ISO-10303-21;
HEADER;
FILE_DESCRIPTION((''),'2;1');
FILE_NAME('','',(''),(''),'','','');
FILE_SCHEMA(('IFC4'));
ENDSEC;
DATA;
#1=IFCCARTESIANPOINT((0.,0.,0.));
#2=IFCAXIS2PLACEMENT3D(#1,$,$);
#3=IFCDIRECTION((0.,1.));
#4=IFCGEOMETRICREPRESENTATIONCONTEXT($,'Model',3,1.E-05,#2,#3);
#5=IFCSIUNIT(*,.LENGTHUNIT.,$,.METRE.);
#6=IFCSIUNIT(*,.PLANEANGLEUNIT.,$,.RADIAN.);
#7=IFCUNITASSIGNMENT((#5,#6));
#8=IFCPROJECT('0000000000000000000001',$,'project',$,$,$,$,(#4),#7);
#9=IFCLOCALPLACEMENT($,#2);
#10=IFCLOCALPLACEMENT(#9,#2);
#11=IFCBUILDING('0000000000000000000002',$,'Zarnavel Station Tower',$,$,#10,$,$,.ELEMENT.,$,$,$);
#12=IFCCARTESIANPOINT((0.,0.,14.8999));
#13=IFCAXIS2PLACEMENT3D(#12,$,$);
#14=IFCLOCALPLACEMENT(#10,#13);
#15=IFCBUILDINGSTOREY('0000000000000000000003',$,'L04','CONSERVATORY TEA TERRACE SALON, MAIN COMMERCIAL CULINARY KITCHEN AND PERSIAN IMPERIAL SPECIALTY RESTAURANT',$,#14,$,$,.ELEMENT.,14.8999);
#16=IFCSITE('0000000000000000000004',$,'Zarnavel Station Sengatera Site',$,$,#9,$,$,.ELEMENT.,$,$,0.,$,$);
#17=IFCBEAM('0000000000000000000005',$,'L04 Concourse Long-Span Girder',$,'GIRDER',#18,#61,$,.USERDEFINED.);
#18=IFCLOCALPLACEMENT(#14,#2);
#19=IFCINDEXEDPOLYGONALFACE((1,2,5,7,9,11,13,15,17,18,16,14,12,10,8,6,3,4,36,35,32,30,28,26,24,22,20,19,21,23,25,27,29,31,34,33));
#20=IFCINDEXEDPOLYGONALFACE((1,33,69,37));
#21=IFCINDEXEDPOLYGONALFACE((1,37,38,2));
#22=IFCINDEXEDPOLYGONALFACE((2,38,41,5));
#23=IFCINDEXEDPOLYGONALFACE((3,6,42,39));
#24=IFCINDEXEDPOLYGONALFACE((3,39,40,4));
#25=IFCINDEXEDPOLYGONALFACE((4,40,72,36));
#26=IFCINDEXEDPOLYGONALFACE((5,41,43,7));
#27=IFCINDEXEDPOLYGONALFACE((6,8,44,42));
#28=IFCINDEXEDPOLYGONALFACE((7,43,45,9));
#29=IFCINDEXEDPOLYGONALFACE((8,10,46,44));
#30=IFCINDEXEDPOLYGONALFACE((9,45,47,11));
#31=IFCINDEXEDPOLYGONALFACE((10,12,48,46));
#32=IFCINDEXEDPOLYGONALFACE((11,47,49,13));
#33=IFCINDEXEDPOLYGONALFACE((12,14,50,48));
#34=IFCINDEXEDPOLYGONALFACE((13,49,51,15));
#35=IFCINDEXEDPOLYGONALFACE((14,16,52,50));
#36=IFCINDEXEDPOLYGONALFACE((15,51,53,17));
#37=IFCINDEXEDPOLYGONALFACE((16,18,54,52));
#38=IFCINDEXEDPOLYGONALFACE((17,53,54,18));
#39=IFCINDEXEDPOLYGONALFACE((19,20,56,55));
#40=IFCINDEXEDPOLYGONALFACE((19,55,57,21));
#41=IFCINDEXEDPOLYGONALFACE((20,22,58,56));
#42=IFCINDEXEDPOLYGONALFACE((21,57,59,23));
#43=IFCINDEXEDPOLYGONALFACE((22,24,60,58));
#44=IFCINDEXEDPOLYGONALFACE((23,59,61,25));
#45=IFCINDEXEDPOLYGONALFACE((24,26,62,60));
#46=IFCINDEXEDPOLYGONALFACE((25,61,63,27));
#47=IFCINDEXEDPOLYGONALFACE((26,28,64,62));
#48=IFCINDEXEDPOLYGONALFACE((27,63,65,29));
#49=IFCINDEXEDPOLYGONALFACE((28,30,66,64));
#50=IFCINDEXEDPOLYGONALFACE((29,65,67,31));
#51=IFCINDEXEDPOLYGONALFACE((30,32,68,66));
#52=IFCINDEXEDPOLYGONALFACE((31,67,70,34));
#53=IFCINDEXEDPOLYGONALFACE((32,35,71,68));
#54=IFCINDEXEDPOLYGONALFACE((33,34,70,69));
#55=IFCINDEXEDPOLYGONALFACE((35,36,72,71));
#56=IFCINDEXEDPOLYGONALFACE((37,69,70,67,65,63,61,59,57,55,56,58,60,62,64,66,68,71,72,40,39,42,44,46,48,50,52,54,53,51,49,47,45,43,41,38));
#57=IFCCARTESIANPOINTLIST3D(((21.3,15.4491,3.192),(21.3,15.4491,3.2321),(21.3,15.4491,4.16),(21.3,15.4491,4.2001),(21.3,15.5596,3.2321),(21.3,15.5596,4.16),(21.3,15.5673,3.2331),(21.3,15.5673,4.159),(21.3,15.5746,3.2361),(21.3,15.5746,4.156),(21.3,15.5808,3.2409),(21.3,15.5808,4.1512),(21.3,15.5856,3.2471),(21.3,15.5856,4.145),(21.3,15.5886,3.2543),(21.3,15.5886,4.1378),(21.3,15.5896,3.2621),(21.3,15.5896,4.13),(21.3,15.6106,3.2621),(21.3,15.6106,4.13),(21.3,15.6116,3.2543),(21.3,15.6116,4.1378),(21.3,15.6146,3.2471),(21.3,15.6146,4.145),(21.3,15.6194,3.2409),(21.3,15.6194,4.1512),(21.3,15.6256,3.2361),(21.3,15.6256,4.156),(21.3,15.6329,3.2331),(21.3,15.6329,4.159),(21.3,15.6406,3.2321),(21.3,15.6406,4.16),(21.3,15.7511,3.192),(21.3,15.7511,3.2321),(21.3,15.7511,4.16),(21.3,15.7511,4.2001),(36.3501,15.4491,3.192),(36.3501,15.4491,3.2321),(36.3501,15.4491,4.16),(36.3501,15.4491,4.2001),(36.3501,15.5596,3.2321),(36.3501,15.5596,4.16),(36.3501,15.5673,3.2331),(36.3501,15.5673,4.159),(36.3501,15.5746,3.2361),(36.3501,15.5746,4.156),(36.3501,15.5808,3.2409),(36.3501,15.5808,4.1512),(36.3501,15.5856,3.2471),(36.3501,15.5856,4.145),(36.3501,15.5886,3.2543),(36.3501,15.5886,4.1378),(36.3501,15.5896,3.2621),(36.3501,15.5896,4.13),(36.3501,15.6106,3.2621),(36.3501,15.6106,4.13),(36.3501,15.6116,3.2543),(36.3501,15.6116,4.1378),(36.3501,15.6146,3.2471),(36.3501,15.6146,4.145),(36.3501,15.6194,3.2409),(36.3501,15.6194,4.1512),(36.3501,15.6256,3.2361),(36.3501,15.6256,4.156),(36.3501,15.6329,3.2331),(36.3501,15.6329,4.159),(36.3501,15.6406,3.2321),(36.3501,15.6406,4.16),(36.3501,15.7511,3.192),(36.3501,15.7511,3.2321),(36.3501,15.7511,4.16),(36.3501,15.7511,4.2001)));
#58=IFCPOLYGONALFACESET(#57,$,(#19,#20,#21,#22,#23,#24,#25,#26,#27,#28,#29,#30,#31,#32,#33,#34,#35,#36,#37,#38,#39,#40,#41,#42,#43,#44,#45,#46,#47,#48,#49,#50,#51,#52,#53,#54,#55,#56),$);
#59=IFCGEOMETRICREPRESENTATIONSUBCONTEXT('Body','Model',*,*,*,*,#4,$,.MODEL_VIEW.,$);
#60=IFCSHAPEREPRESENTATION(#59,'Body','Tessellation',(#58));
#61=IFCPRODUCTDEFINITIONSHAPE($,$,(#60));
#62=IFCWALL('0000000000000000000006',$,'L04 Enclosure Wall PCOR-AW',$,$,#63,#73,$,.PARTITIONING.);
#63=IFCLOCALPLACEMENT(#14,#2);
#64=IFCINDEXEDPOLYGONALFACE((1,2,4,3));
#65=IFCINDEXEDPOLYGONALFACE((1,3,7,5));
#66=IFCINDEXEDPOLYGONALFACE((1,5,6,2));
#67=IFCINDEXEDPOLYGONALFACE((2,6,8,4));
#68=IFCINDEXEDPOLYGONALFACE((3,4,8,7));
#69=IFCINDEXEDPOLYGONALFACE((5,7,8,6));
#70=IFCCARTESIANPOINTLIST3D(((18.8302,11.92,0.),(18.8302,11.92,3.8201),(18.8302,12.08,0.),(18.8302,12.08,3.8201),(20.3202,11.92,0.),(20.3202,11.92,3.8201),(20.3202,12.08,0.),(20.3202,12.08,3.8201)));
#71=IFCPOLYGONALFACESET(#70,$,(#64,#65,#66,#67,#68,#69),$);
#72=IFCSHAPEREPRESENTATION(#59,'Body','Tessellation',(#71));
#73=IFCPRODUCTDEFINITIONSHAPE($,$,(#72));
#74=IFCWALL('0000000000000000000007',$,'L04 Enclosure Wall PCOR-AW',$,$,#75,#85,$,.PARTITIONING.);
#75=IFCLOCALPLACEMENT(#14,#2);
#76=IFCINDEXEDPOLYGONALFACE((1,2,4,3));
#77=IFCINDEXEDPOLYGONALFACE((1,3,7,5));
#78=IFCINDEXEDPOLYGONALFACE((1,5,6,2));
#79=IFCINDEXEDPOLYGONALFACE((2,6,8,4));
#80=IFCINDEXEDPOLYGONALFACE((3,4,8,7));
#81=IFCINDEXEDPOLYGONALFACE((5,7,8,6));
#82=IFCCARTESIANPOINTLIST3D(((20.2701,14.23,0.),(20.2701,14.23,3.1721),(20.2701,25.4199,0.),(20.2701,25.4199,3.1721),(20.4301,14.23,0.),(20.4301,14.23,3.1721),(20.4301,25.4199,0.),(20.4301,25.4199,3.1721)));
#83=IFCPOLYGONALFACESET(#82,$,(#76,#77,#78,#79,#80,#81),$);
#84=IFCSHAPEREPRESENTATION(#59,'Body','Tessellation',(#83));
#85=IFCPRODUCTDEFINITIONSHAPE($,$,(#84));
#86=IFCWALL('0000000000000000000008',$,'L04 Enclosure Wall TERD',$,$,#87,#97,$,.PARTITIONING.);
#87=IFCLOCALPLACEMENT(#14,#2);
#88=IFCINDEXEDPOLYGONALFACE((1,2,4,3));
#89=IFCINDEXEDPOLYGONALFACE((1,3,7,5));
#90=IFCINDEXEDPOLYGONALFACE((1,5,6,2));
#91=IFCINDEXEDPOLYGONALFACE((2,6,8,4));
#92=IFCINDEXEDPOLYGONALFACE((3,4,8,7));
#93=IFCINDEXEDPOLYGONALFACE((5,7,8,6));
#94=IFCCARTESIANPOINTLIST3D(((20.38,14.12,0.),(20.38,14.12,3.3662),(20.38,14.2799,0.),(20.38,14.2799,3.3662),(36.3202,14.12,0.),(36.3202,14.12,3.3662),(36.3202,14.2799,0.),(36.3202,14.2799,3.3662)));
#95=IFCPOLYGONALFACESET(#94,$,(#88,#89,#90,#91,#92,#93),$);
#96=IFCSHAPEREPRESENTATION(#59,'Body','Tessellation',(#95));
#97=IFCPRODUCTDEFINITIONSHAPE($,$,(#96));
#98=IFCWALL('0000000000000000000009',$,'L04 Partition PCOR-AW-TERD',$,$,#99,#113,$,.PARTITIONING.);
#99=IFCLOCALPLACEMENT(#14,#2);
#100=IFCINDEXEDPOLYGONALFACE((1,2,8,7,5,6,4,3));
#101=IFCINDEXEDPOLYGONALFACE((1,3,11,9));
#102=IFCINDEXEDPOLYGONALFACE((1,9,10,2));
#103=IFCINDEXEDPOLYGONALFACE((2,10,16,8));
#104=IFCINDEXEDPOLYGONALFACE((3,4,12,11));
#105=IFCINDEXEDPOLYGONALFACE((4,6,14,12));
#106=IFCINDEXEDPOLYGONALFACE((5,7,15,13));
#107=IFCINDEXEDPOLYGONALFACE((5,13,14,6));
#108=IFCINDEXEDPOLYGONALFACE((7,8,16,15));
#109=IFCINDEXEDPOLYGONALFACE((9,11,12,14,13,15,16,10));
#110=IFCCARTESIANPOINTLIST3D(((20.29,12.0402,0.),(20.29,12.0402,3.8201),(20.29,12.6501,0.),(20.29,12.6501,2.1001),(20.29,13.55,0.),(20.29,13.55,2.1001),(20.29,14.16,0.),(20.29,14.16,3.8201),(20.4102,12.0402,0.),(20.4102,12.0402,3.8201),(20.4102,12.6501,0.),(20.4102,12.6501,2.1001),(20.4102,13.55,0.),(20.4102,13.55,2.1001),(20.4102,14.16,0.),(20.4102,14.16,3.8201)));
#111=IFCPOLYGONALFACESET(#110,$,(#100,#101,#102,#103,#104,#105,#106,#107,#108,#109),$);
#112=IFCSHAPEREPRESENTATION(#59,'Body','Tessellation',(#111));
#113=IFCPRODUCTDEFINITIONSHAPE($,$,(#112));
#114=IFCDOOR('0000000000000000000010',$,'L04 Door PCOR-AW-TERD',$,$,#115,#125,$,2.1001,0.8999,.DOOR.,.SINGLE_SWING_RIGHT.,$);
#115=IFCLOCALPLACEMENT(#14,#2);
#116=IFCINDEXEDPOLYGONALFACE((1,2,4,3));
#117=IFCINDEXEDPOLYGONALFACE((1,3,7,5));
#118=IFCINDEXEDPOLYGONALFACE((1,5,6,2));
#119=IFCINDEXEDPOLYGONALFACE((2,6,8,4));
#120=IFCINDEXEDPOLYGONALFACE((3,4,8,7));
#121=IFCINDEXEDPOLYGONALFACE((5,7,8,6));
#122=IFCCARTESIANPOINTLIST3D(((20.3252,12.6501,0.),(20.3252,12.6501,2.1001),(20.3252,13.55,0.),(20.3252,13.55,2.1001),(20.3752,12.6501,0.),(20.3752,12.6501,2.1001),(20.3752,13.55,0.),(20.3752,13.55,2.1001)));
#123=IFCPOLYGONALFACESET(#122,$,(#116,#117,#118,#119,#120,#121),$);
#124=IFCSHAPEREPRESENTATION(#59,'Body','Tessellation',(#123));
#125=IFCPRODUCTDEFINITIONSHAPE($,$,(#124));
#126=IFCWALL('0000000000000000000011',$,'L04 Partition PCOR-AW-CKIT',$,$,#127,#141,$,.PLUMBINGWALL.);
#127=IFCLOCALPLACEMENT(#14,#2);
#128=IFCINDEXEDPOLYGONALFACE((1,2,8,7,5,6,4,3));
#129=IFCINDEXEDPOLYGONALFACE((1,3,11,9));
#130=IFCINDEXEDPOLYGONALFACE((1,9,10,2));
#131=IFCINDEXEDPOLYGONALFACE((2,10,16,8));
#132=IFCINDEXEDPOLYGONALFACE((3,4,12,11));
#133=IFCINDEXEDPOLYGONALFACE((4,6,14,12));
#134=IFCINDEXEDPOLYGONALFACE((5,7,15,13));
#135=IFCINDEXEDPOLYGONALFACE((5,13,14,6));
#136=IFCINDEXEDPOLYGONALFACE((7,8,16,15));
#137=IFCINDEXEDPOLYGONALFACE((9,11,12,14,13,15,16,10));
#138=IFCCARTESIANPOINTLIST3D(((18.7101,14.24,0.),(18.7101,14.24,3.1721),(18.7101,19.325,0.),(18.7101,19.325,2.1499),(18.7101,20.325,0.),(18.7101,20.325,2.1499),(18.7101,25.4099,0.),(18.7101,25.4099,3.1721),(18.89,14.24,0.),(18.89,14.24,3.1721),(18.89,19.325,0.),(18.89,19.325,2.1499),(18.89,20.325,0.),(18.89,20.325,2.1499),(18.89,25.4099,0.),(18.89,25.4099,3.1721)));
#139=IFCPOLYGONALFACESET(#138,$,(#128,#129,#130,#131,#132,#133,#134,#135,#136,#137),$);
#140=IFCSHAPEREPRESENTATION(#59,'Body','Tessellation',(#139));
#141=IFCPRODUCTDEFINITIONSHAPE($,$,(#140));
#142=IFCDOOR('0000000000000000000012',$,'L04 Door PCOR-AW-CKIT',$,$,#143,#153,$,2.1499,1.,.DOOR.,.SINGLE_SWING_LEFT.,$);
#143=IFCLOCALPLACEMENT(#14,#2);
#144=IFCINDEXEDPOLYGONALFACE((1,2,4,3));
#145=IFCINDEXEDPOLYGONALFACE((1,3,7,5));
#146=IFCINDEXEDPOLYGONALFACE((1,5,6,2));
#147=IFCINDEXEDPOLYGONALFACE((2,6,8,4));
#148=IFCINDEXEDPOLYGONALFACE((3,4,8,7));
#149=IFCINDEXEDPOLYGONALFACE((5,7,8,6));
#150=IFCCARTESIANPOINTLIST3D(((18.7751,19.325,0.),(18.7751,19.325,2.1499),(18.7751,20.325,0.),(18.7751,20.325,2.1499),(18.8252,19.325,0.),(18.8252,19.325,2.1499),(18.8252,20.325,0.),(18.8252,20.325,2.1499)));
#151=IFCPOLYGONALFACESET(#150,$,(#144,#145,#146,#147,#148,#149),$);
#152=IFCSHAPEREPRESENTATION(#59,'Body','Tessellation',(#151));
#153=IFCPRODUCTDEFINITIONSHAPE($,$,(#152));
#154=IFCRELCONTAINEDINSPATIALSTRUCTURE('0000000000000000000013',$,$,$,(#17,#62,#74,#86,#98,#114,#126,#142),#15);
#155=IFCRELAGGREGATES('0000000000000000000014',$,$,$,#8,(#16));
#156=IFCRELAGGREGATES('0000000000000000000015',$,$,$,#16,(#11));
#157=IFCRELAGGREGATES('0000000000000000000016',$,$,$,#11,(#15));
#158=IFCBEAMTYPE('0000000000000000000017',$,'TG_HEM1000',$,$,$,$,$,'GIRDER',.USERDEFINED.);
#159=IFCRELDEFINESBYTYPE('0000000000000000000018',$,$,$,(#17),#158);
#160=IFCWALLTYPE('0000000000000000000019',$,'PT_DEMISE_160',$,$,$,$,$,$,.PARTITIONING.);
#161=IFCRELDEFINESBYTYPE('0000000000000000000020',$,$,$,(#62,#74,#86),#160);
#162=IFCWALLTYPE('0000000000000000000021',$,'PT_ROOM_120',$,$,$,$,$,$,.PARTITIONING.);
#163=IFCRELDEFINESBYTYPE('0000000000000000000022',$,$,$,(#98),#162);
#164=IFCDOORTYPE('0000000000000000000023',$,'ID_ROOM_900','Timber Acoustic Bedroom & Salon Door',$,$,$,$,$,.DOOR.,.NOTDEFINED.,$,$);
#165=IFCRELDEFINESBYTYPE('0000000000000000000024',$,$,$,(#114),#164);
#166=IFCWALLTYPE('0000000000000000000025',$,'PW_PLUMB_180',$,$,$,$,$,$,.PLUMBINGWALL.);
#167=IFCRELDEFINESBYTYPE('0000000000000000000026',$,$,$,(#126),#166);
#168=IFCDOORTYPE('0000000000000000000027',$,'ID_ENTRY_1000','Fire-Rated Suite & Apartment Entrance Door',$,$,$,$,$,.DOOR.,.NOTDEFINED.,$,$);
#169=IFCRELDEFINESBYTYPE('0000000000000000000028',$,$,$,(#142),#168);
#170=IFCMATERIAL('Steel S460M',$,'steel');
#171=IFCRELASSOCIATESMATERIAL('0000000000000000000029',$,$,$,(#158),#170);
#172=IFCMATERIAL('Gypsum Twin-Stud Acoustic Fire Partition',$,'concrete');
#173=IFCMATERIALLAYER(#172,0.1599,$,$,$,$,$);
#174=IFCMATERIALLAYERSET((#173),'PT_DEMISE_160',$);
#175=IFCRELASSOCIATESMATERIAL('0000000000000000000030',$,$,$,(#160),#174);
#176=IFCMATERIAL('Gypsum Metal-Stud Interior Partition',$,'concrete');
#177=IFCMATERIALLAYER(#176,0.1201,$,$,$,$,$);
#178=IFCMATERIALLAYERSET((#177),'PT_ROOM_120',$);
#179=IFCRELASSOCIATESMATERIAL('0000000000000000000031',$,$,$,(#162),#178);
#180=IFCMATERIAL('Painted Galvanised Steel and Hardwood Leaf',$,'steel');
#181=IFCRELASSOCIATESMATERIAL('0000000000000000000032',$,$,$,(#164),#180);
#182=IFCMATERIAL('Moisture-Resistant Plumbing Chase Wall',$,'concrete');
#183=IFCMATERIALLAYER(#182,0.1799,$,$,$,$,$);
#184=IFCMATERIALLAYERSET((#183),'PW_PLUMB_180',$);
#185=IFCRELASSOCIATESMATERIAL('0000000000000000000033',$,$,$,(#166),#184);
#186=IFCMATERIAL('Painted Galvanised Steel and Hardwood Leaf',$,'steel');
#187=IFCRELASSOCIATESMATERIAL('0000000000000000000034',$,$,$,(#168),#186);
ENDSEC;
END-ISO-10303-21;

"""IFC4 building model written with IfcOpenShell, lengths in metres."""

from ifc_helpers import new_model, si_unit, direction, frame, frame_2d, origin, origin_2d, place, context, subcontext, project, spatial, rectangle, i_section, extrude, material, layer, layer_set, material_profile, profile_set, type_object, element, fill, save


model = new_model("IFC4")

# Units and contexts
model_context = context("Model", 3, precision=1e-05, world=origin(), true_north=direction((0.0, 1.0)))
body_context = subcontext(model_context, "Body", "Model", "MODEL_VIEW")
ifc_project = project(units=[si_unit("LENGTHUNIT", "METRE"), si_unit("PLANEANGLEUNIT", "RADIAN")], contexts=[model_context])

# Site, building, storey
site_placement = place(None, origin())
site = spatial("IfcSite", under=ifc_project, at=site_placement, Name="Zarnavel Station Sengatera Site", CompositionType="ELEMENT", RefElevation=0.0)
building_placement = place(site_placement, origin())
building = spatial("IfcBuilding", under=site, at=building_placement, Name="Zarnavel Station Tower", CompositionType="ELEMENT")
storey_placement = place(building_placement, frame((0.0, 0.0, 14.8999)))
storey = spatial("IfcBuildingStorey", under=building, at=storey_placement, Name="L04", Description="CONSERVATORY TEA TERRACE SALON, MAIN COMMERCIAL CULINARY KITCHEN AND PERSIAN IMPERIAL SPECIALTY RESTAURANT", CompositionType="ELEMENT", Elevation=14.8999)

# Beam
ifc_material_1 = material(Name="Steel S460M", Category="steel")
ifc_material_profile_1 = material_profile(ifc_material_1, i_section(OverallWidth=0.302, OverallDepth=1.0081, WebThickness=0.021, FlangeThickness=0.04, FilletRadius=0.03, at=origin_2d()), Name="HEM1000")
ifc_profile_set_1 = profile_set([ifc_material_profile_1], Name="Steel S460M")
beam_type_1 = type_object("IfcBeamType", Name="TG_HEM1000", ElementType="GIRDER", PredefinedType="USERDEFINED", material=ifc_profile_set_1)
beam_1_placement = place(storey_placement, frame((21.3, 15.6001, 3.696), z_axis=(1.0, 0.0, 0.0), x_axis=(0.0, 1.0, 0.0)))
element("IfcBeam", 1, at=beam_1_placement, inside=storey, type_object=beam_type_1, Name="L04 Concourse Long-Span Girder", ObjectType="GIRDER", PredefinedType="USERDEFINED", context=body_context, shape_type="SweptSolid", body=[
    extrude(i_section(OverallWidth=0.302, OverallDepth=1.0081, WebThickness=0.021, FlangeThickness=0.04, FilletRadius=0.03, at=origin_2d()), origin(), (0.0, 0.0, 1.0), 15.05),
])

# Walls
ifc_material_2 = material(Name="Gypsum Twin-Stud Acoustic Fire Partition", Category="concrete")
ifc_layer_1 = layer(ifc_material_2, 0.1599)
ifc_layer_set_1 = layer_set([ifc_layer_1], Name="PT_DEMISE_160")
wall_type_1 = type_object("IfcWallType", Name="PT_DEMISE_160", PredefinedType="PARTITIONING", material=ifc_layer_set_1)
wall_1_placement = place(storey_placement, frame((18.8301, 12.0, 0.0), z_axis=(0.0, 0.0, 1.0), x_axis=(1.0, 0.0, 0.0)))
element("IfcWall", 2, at=wall_1_placement, inside=storey, type_object=wall_type_1, Name="L04 Enclosure Wall PCOR-AW", PredefinedType="PARTITIONING", context=body_context, shape_type="SweptSolid", body=[
    extrude(rectangle(XDim=1.49, YDim=0.1599, at=frame_2d((0.7451, 0.0))), origin(), (0.0, 0.0, 1.0), 3.8201),
])
wall_2_placement = place(storey_placement, frame((20.3501, 14.23, 0.0), z_axis=(0.0, 0.0, 1.0), x_axis=(0.0, 1.0, 0.0)))
element("IfcWall", 3, at=wall_2_placement, inside=storey, type_object=wall_type_1, Name="L04 Enclosure Wall PCOR-AW", PredefinedType="PARTITIONING", context=body_context, shape_type="SweptSolid", body=[
    extrude(rectangle(XDim=11.1899, YDim=0.1599, at=frame_2d((5.595, 0.0))), origin(), (0.0, 0.0, 1.0), 3.1721),
])
wall_3_placement = place(storey_placement, frame((20.3799, 14.2, 0.0), z_axis=(0.0, 0.0, 1.0), x_axis=(1.0, 0.0, 0.0)))
element("IfcWall", 4, at=wall_3_placement, inside=storey, type_object=wall_type_1, Name="L04 Enclosure Wall TERD", PredefinedType="PARTITIONING", context=body_context, shape_type="SweptSolid", body=[
    extrude(rectangle(XDim=15.9402, YDim=0.1599, at=frame_2d((7.9702, 0.0))), origin(), (0.0, 0.0, 1.0), 3.3662),
])

# Walls, openings, doors
ifc_material_3 = material(Name="Gypsum Metal-Stud Interior Partition", Category="concrete")
ifc_layer_2 = layer(ifc_material_3, 0.1201)
ifc_layer_set_2 = layer_set([ifc_layer_2], Name="PT_ROOM_120")
wall_type_2 = type_object("IfcWallType", Name="PT_ROOM_120", PredefinedType="PARTITIONING", material=ifc_layer_set_2)
wall_4_placement = place(storey_placement, frame((20.3501, 12.04, 0.0), z_axis=(0.0, 0.0, 1.0), x_axis=(0.0, 1.0, 0.0)))
wall_4 = element("IfcWall", 5, at=wall_4_placement, inside=storey, type_object=wall_type_2, Name="L04 Partition PCOR-AW-TERD", PredefinedType="PARTITIONING", context=body_context, shape_type="SweptSolid", body=[
    extrude(rectangle(XDim=2.1199, YDim=0.1201, at=frame_2d((1.0601, 0.0))), origin(), (0.0, 0.0, 1.0), 3.8201),
])
opening_1_placement = place(wall_4_placement, frame((0.6101, 0.0, 0.0)))
opening_1 = element("IfcOpeningElement", 6, at=opening_1_placement, cuts=wall_4, PredefinedType="OPENING", context=body_context, shape_type="SweptSolid", body=[
    extrude(rectangle(XDim=0.8999, YDim=2.1001, at=frame_2d((0.45, 1.05))), frame((0.0, 0.0701, 0.0), z_axis=(0.0, -1.0, 0.0), x_axis=(1.0, 0.0, 0.0)), (0.0, 0.0, 1.0), 0.1401),
])
ifc_material_4 = material(Name="Painted Galvanised Steel and Hardwood Leaf", Category="steel")
door_type_1 = type_object("IfcDoorType", Name="ID_ROOM_900", Description="Timber Acoustic Bedroom & Salon Door", OperationType="NOTDEFINED", PredefinedType="DOOR", material=ifc_material_4)
door_1_placement = place(opening_1_placement, origin())
door_1 = element("IfcDoor", 7, at=door_1_placement, inside=storey, type_object=door_type_1, Name="L04 Door PCOR-AW-TERD", OperationType="SINGLE_SWING_RIGHT", OverallHeight=2.1001, OverallWidth=0.8999, PredefinedType="DOOR", context=body_context, shape_type="SweptSolid", body=[
    extrude(rectangle(XDim=0.8999, YDim=2.1001, at=frame_2d((0.45, 1.05))), frame((0.0, 0.0249, 0.0), z_axis=(0.0, -1.0, 0.0), x_axis=(1.0, 0.0, 0.0)), (0.0, 0.0, 1.0), 0.05),
])
fill(opening_1, door_1)
ifc_material_5 = material(Name="Moisture-Resistant Plumbing Chase Wall", Category="concrete")
ifc_layer_3 = layer(ifc_material_5, 0.1799)
ifc_layer_set_3 = layer_set([ifc_layer_3], Name="PW_PLUMB_180")
wall_type_3 = type_object("IfcWallType", Name="PW_PLUMB_180", PredefinedType="PLUMBINGWALL", material=ifc_layer_set_3)
wall_5_placement = place(storey_placement, frame((18.8, 14.24, 0.0), z_axis=(0.0, 0.0, 1.0), x_axis=(0.0, 1.0, 0.0)))
wall_5 = element("IfcWall", 8, at=wall_5_placement, inside=storey, type_object=wall_type_3, Name="L04 Partition PCOR-AW-CKIT", PredefinedType="PLUMBINGWALL", context=body_context, shape_type="SweptSolid", body=[
    extrude(rectangle(XDim=11.1699, YDim=0.1799, at=frame_2d((5.585, 0.0))), origin(), (0.0, 0.0, 1.0), 3.1721),
])
opening_2_placement = place(wall_5_placement, frame((5.085, 0.0, 0.0)))
opening_2 = element("IfcOpeningElement", 9, at=opening_2_placement, cuts=wall_5, PredefinedType="OPENING", context=body_context, shape_type="SweptSolid", body=[
    extrude(rectangle(XDim=1.0, YDim=2.1499, at=frame_2d((0.5, 1.075))), frame((0.0, 0.0999, 0.0), z_axis=(0.0, -1.0, 0.0), x_axis=(1.0, 0.0, 0.0)), (0.0, 0.0, 1.0), 0.2),
])
ifc_material_6 = material(Name="Painted Galvanised Steel and Hardwood Leaf", Category="steel")
door_type_2 = type_object("IfcDoorType", Name="ID_ENTRY_1000", Description="Fire-Rated Suite & Apartment Entrance Door", OperationType="NOTDEFINED", PredefinedType="DOOR", material=ifc_material_6)
door_2_placement = place(opening_2_placement, origin())
door_2 = element("IfcDoor", 10, at=door_2_placement, inside=storey, type_object=door_type_2, Name="L04 Door PCOR-AW-CKIT", OperationType="SINGLE_SWING_LEFT", OverallHeight=2.1499, OverallWidth=1.0, PredefinedType="DOOR", context=body_context, shape_type="SweptSolid", body=[
    extrude(rectangle(XDim=1.0, YDim=2.1499, at=frame_2d((0.5, 1.075))), frame((0.0, 0.0249, 0.0), z_axis=(0.0, -1.0, 0.0), x_axis=(1.0, 0.0, 0.0)), (0.0, 0.0, 1.0), 0.05),
])
fill(opening_2, door_2)

save(model, "model.ifc")
